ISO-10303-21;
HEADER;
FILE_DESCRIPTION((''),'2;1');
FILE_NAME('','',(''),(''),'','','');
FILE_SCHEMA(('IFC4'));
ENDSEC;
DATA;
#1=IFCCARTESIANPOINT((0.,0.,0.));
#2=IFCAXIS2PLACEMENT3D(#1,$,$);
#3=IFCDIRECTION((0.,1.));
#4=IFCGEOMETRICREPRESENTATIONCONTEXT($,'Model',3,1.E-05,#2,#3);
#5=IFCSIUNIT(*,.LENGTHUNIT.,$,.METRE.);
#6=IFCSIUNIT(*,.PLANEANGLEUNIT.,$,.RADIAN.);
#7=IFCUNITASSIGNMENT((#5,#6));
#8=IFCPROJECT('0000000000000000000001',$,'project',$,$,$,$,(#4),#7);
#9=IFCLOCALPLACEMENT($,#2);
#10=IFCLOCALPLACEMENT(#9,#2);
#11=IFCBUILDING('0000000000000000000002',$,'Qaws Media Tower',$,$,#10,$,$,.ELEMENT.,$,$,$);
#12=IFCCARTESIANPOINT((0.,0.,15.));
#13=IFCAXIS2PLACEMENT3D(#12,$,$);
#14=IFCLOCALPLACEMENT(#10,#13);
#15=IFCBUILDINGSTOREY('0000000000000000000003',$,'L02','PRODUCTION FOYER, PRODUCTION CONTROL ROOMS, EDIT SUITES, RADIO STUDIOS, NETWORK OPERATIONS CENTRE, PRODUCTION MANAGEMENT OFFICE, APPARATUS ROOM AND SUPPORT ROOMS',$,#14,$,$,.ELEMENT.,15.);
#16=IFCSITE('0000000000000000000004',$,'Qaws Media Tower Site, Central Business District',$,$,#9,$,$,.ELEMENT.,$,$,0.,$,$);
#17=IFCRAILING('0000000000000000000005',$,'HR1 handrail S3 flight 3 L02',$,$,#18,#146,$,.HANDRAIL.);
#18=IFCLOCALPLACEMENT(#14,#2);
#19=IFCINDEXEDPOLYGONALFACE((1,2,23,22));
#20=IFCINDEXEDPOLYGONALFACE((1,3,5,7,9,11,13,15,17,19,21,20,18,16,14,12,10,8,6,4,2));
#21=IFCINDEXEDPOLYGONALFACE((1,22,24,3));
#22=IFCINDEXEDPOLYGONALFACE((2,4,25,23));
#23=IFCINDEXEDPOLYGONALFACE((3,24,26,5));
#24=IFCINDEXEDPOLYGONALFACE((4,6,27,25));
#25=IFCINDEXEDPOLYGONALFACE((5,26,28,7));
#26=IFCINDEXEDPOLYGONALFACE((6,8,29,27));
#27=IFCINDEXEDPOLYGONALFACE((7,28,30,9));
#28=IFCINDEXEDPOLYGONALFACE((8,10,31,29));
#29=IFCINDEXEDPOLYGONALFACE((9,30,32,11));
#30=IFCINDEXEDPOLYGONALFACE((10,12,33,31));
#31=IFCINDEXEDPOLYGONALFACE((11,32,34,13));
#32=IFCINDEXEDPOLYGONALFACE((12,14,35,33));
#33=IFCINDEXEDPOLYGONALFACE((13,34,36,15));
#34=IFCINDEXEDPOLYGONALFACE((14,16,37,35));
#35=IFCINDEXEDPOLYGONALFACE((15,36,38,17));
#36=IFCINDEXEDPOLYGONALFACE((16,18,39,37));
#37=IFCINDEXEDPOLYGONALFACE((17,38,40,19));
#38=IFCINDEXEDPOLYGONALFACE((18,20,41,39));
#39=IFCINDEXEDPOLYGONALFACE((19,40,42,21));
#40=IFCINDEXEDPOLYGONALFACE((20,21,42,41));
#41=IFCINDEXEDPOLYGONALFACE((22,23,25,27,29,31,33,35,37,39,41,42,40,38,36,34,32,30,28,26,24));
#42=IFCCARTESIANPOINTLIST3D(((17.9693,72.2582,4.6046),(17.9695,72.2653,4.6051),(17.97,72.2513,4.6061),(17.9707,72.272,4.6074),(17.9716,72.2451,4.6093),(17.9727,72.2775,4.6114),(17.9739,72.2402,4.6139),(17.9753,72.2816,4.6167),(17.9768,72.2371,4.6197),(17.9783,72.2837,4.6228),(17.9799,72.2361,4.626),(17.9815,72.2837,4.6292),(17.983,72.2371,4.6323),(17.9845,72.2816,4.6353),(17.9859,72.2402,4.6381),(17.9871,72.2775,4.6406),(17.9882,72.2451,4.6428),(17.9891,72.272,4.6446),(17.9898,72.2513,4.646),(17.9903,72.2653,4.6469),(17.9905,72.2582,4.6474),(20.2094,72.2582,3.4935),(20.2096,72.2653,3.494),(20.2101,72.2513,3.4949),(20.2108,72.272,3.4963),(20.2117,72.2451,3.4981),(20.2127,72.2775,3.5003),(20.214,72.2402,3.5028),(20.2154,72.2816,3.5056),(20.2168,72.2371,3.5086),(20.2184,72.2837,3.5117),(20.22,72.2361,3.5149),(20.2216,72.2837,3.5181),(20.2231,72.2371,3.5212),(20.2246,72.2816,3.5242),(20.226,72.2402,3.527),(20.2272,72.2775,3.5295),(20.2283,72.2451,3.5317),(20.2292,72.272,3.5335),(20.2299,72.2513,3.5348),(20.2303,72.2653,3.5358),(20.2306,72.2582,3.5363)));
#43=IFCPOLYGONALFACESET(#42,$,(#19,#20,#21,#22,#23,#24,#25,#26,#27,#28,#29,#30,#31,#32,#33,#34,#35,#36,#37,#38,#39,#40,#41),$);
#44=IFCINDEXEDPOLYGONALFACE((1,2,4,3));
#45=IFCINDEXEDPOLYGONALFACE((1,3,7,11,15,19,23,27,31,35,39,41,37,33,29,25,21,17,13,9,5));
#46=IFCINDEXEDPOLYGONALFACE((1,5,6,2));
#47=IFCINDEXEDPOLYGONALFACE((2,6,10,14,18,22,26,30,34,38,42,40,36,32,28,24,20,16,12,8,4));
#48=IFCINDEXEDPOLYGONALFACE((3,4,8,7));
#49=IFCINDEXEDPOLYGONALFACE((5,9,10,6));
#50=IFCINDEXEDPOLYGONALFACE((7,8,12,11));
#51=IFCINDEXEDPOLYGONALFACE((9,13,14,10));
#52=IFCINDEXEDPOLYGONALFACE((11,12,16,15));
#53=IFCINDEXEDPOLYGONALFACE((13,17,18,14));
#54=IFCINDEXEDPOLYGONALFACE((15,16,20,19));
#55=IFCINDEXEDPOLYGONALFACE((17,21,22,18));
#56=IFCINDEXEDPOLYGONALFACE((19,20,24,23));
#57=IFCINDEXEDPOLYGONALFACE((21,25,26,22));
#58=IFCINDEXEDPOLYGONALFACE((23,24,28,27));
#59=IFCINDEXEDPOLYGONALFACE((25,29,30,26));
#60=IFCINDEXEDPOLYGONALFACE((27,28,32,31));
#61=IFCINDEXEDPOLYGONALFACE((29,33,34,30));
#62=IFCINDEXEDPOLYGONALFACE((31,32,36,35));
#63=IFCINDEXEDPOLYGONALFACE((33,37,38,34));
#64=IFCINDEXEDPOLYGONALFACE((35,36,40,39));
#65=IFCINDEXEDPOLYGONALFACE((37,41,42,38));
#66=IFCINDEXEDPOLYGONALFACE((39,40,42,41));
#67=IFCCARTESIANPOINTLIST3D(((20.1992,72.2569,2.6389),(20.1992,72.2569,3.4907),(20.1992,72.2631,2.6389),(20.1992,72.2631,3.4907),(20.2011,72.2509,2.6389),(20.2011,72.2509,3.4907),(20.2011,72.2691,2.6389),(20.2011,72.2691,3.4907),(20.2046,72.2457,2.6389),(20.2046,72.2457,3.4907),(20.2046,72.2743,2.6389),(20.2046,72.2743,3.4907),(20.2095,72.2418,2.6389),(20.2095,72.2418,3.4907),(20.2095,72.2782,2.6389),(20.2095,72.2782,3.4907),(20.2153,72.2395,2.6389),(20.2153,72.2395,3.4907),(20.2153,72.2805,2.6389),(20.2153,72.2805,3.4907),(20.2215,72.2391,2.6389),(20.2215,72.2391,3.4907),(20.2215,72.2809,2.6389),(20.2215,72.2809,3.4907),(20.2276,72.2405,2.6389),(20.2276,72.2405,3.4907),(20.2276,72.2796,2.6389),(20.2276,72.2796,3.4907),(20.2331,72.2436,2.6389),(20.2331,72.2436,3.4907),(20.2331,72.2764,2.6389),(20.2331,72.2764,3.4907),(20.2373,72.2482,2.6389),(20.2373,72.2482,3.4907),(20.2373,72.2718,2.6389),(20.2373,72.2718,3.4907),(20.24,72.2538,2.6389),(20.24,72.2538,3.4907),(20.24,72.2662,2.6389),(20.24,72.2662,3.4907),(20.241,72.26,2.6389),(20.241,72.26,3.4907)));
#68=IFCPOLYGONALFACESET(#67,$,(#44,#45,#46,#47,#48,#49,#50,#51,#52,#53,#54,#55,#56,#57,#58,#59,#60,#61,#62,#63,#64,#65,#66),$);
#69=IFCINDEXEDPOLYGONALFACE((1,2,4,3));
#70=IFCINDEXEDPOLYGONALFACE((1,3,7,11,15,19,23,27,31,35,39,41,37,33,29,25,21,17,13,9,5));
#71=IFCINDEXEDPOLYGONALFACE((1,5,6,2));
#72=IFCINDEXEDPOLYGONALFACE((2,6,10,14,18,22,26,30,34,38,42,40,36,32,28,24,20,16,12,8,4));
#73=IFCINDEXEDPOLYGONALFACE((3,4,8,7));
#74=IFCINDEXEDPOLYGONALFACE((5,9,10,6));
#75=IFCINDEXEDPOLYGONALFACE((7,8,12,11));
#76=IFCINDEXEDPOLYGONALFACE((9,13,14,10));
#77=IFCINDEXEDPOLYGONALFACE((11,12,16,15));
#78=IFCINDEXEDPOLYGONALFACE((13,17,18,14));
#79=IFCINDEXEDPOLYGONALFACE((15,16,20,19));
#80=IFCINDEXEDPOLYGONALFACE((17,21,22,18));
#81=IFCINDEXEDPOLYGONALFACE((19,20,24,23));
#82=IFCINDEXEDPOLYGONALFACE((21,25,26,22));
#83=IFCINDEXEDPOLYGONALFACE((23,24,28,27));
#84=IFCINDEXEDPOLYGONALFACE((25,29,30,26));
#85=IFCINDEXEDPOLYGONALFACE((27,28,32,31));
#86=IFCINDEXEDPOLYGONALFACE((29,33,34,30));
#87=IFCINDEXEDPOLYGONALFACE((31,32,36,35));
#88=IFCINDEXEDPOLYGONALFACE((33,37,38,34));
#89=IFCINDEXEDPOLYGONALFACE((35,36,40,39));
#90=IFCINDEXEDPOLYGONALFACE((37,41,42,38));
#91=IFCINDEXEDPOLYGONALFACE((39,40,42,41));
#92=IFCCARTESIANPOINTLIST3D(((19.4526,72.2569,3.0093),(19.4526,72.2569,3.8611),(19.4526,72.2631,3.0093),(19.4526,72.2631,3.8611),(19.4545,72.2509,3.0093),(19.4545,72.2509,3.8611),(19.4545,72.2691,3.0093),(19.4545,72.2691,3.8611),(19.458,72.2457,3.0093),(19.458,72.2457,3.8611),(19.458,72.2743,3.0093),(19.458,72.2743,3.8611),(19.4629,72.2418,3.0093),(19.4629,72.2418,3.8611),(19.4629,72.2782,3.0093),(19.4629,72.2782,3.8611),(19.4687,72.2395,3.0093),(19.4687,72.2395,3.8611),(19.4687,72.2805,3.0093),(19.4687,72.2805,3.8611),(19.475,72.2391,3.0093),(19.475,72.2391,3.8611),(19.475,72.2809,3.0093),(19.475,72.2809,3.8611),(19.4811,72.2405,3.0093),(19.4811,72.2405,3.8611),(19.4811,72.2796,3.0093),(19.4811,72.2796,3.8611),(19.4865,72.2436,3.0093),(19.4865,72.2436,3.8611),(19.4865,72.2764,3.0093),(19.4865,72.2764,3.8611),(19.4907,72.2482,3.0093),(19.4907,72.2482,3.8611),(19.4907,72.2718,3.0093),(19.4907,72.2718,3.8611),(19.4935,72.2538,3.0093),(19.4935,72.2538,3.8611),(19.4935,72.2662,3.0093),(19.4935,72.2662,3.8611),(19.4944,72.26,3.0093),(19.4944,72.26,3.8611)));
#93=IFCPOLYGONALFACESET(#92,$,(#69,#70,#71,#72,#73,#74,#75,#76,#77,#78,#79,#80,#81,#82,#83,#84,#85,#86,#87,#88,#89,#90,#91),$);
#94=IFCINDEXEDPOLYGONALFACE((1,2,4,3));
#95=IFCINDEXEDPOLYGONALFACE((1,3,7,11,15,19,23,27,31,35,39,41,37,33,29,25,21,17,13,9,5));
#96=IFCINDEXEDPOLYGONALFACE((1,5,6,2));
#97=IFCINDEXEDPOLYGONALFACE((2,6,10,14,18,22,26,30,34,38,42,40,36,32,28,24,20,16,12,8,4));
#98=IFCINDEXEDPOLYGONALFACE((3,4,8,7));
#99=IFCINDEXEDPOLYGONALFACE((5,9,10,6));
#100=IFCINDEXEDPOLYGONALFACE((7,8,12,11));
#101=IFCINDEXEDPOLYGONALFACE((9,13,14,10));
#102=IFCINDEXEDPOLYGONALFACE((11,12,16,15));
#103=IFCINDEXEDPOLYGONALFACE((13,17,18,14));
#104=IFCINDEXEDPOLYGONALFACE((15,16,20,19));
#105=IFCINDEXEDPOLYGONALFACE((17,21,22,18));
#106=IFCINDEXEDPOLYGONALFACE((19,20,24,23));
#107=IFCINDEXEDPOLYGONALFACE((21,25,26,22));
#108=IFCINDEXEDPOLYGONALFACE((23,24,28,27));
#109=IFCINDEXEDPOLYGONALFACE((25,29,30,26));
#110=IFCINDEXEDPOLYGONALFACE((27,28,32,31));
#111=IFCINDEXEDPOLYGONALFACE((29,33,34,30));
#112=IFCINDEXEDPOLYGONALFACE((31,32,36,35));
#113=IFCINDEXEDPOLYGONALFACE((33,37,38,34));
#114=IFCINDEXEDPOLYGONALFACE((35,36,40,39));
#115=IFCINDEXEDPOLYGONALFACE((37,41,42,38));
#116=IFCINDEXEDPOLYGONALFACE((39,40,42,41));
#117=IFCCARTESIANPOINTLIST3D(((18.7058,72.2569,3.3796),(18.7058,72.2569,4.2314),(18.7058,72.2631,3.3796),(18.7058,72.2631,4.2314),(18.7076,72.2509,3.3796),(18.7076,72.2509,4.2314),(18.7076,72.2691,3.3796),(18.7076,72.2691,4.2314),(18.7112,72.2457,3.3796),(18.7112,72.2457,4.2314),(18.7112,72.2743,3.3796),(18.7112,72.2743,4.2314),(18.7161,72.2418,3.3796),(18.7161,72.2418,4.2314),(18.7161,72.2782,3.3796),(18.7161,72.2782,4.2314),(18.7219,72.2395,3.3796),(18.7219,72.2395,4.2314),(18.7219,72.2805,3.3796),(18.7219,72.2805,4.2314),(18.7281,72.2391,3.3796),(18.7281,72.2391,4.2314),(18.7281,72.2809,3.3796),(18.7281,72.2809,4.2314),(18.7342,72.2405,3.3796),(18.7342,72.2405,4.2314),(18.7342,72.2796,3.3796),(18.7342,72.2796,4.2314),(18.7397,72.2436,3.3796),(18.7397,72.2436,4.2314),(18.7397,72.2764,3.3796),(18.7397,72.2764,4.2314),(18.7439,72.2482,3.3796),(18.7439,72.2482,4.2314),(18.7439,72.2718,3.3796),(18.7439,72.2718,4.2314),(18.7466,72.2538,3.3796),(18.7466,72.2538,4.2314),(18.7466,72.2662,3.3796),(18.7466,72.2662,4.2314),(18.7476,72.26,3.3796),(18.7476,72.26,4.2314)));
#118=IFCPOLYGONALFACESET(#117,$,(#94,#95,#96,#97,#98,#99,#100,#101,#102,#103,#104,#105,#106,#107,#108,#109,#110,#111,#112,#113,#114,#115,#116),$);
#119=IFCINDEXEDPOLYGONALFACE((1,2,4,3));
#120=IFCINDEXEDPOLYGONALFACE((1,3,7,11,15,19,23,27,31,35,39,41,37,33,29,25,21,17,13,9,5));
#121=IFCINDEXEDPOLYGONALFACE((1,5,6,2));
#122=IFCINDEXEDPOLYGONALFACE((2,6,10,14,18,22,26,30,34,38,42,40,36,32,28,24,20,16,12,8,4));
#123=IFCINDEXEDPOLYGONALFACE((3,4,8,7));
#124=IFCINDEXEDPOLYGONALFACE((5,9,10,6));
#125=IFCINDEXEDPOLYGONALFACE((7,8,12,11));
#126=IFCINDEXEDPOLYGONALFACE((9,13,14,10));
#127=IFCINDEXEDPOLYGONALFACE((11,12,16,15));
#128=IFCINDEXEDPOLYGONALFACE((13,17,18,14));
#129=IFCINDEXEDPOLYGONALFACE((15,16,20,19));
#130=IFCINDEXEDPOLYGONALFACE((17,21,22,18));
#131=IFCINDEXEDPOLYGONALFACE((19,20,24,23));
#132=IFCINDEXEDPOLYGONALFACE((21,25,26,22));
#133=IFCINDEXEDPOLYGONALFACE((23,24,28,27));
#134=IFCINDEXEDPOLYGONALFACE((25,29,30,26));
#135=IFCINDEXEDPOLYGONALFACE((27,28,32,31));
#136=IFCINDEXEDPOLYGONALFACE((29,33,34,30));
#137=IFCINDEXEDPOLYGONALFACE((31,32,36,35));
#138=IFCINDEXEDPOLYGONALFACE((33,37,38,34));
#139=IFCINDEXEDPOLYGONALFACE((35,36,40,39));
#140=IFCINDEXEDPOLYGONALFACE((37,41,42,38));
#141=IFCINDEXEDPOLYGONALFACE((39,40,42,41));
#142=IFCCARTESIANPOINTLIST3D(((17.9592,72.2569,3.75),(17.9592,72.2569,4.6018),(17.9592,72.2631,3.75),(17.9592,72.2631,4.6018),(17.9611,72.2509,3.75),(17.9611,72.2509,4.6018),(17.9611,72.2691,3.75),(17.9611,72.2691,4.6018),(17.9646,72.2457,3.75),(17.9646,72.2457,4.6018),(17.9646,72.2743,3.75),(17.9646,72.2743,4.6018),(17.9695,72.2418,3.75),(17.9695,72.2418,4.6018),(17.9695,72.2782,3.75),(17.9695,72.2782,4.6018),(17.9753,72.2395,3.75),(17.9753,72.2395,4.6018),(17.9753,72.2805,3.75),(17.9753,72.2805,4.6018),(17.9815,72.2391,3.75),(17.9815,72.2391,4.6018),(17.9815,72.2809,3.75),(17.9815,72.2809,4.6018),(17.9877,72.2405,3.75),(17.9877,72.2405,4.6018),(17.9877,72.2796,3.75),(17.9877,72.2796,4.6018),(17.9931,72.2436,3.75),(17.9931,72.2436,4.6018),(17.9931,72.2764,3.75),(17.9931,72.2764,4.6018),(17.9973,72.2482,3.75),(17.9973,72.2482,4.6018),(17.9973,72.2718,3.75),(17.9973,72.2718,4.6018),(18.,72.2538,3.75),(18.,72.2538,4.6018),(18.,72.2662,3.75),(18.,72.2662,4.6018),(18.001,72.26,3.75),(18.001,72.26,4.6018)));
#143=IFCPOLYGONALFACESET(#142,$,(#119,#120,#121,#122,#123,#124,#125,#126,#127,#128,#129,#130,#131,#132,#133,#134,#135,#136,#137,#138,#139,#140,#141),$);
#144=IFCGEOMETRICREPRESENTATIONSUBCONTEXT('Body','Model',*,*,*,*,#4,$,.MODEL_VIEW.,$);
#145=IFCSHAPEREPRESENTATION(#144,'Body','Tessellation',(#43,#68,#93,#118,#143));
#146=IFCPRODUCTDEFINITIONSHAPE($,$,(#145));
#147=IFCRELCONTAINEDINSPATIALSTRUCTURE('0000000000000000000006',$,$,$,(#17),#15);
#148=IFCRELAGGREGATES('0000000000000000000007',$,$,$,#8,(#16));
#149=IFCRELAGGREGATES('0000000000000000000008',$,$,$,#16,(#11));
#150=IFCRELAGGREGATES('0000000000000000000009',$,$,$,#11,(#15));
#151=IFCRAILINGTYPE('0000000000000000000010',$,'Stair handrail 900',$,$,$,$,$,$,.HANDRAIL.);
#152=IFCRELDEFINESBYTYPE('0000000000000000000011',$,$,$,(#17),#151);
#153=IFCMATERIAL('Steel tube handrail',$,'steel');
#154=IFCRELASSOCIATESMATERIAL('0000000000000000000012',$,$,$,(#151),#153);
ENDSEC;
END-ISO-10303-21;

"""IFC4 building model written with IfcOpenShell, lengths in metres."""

from ifc_helpers import new_model, si_unit, direction, frame, origin, origin_2d, place, context, subcontext, project, spatial, circle, extrude, material, type_object, element, save


model = new_model("IFC4")

# Units and contexts
model_context = context("Model", 3, precision=1e-05, world=origin(), true_north=direction((0.0, 1.0)))
body_context = subcontext(model_context, "Body", "Model", "MODEL_VIEW")
ifc_project = project(units=[si_unit("LENGTHUNIT", "METRE"), si_unit("PLANEANGLEUNIT", "RADIAN")], contexts=[model_context])

# Site, building, storey
site_placement = place(None, origin())
site = spatial("IfcSite", under=ifc_project, at=site_placement, Name="Qaws Media Tower Site, Central Business District", CompositionType="ELEMENT", RefElevation=0.0)
building_placement = place(site_placement, origin())
building = spatial("IfcBuilding", under=site, at=building_placement, Name="Qaws Media Tower", CompositionType="ELEMENT")
storey_placement = place(building_placement, frame((0.0, 0.0, 15.0)))
storey = spatial("IfcBuildingStorey", under=building, at=storey_placement, Name="L02", Description="PRODUCTION FOYER, PRODUCTION CONTROL ROOMS, EDIT SUITES, RADIO STUDIOS, NETWORK OPERATIONS CENTRE, PRODUCTION MANAGEMENT OFFICE, APPARATUS ROOM AND SUPPORT ROOMS", CompositionType="ELEMENT", Elevation=15.0)

# Railing
ifc_material_1 = material(Name="Steel tube handrail", Category="steel")
railing_type = type_object("IfcRailingType", Name="Stair handrail 900", PredefinedType="HANDRAIL", material=ifc_material_1)
for number, where, name in (
    (1, (20.22, 72.26, 2.6389), "HR1 handrail S3 flight 3 L02"),
):
    element("IfcRailing", number, at=place(storey_placement, frame(where)), inside=storey, type_object=railing_type, Name=name, PredefinedType="HANDRAIL", context=body_context, shape_type="SweptSolid", body=[
        extrude(circle(Radius=0.0239, at=origin_2d()), frame((0.0, 0.0, 0.876), z_axis=(-0.895848, 0.0, 0.44436), x_axis=(0.0, -1.0, 0.0)), (0.0, 0.0, 1.0), 2.5005),
        extrude(circle(Radius=0.021, at=origin_2d()), origin(), (0.0, 0.0, 1.0), 0.8518),
        extrude(circle(Radius=0.021, at=origin_2d()), frame((-0.7466, 0.0, 0.3704)), (0.0, 0.0, 1.0), 0.8518),
        extrude(circle(Radius=0.021, at=origin_2d()), frame((-1.4934, 0.0, 0.7407)), (0.0, 0.0, 1.0), 0.8518),
        extrude(circle(Radius=0.021, at=origin_2d()), frame((-2.24, 0.0, 1.1111)), (0.0, 0.0, 1.0), 0.8518),
    ])

save(model, "model.ifc")
